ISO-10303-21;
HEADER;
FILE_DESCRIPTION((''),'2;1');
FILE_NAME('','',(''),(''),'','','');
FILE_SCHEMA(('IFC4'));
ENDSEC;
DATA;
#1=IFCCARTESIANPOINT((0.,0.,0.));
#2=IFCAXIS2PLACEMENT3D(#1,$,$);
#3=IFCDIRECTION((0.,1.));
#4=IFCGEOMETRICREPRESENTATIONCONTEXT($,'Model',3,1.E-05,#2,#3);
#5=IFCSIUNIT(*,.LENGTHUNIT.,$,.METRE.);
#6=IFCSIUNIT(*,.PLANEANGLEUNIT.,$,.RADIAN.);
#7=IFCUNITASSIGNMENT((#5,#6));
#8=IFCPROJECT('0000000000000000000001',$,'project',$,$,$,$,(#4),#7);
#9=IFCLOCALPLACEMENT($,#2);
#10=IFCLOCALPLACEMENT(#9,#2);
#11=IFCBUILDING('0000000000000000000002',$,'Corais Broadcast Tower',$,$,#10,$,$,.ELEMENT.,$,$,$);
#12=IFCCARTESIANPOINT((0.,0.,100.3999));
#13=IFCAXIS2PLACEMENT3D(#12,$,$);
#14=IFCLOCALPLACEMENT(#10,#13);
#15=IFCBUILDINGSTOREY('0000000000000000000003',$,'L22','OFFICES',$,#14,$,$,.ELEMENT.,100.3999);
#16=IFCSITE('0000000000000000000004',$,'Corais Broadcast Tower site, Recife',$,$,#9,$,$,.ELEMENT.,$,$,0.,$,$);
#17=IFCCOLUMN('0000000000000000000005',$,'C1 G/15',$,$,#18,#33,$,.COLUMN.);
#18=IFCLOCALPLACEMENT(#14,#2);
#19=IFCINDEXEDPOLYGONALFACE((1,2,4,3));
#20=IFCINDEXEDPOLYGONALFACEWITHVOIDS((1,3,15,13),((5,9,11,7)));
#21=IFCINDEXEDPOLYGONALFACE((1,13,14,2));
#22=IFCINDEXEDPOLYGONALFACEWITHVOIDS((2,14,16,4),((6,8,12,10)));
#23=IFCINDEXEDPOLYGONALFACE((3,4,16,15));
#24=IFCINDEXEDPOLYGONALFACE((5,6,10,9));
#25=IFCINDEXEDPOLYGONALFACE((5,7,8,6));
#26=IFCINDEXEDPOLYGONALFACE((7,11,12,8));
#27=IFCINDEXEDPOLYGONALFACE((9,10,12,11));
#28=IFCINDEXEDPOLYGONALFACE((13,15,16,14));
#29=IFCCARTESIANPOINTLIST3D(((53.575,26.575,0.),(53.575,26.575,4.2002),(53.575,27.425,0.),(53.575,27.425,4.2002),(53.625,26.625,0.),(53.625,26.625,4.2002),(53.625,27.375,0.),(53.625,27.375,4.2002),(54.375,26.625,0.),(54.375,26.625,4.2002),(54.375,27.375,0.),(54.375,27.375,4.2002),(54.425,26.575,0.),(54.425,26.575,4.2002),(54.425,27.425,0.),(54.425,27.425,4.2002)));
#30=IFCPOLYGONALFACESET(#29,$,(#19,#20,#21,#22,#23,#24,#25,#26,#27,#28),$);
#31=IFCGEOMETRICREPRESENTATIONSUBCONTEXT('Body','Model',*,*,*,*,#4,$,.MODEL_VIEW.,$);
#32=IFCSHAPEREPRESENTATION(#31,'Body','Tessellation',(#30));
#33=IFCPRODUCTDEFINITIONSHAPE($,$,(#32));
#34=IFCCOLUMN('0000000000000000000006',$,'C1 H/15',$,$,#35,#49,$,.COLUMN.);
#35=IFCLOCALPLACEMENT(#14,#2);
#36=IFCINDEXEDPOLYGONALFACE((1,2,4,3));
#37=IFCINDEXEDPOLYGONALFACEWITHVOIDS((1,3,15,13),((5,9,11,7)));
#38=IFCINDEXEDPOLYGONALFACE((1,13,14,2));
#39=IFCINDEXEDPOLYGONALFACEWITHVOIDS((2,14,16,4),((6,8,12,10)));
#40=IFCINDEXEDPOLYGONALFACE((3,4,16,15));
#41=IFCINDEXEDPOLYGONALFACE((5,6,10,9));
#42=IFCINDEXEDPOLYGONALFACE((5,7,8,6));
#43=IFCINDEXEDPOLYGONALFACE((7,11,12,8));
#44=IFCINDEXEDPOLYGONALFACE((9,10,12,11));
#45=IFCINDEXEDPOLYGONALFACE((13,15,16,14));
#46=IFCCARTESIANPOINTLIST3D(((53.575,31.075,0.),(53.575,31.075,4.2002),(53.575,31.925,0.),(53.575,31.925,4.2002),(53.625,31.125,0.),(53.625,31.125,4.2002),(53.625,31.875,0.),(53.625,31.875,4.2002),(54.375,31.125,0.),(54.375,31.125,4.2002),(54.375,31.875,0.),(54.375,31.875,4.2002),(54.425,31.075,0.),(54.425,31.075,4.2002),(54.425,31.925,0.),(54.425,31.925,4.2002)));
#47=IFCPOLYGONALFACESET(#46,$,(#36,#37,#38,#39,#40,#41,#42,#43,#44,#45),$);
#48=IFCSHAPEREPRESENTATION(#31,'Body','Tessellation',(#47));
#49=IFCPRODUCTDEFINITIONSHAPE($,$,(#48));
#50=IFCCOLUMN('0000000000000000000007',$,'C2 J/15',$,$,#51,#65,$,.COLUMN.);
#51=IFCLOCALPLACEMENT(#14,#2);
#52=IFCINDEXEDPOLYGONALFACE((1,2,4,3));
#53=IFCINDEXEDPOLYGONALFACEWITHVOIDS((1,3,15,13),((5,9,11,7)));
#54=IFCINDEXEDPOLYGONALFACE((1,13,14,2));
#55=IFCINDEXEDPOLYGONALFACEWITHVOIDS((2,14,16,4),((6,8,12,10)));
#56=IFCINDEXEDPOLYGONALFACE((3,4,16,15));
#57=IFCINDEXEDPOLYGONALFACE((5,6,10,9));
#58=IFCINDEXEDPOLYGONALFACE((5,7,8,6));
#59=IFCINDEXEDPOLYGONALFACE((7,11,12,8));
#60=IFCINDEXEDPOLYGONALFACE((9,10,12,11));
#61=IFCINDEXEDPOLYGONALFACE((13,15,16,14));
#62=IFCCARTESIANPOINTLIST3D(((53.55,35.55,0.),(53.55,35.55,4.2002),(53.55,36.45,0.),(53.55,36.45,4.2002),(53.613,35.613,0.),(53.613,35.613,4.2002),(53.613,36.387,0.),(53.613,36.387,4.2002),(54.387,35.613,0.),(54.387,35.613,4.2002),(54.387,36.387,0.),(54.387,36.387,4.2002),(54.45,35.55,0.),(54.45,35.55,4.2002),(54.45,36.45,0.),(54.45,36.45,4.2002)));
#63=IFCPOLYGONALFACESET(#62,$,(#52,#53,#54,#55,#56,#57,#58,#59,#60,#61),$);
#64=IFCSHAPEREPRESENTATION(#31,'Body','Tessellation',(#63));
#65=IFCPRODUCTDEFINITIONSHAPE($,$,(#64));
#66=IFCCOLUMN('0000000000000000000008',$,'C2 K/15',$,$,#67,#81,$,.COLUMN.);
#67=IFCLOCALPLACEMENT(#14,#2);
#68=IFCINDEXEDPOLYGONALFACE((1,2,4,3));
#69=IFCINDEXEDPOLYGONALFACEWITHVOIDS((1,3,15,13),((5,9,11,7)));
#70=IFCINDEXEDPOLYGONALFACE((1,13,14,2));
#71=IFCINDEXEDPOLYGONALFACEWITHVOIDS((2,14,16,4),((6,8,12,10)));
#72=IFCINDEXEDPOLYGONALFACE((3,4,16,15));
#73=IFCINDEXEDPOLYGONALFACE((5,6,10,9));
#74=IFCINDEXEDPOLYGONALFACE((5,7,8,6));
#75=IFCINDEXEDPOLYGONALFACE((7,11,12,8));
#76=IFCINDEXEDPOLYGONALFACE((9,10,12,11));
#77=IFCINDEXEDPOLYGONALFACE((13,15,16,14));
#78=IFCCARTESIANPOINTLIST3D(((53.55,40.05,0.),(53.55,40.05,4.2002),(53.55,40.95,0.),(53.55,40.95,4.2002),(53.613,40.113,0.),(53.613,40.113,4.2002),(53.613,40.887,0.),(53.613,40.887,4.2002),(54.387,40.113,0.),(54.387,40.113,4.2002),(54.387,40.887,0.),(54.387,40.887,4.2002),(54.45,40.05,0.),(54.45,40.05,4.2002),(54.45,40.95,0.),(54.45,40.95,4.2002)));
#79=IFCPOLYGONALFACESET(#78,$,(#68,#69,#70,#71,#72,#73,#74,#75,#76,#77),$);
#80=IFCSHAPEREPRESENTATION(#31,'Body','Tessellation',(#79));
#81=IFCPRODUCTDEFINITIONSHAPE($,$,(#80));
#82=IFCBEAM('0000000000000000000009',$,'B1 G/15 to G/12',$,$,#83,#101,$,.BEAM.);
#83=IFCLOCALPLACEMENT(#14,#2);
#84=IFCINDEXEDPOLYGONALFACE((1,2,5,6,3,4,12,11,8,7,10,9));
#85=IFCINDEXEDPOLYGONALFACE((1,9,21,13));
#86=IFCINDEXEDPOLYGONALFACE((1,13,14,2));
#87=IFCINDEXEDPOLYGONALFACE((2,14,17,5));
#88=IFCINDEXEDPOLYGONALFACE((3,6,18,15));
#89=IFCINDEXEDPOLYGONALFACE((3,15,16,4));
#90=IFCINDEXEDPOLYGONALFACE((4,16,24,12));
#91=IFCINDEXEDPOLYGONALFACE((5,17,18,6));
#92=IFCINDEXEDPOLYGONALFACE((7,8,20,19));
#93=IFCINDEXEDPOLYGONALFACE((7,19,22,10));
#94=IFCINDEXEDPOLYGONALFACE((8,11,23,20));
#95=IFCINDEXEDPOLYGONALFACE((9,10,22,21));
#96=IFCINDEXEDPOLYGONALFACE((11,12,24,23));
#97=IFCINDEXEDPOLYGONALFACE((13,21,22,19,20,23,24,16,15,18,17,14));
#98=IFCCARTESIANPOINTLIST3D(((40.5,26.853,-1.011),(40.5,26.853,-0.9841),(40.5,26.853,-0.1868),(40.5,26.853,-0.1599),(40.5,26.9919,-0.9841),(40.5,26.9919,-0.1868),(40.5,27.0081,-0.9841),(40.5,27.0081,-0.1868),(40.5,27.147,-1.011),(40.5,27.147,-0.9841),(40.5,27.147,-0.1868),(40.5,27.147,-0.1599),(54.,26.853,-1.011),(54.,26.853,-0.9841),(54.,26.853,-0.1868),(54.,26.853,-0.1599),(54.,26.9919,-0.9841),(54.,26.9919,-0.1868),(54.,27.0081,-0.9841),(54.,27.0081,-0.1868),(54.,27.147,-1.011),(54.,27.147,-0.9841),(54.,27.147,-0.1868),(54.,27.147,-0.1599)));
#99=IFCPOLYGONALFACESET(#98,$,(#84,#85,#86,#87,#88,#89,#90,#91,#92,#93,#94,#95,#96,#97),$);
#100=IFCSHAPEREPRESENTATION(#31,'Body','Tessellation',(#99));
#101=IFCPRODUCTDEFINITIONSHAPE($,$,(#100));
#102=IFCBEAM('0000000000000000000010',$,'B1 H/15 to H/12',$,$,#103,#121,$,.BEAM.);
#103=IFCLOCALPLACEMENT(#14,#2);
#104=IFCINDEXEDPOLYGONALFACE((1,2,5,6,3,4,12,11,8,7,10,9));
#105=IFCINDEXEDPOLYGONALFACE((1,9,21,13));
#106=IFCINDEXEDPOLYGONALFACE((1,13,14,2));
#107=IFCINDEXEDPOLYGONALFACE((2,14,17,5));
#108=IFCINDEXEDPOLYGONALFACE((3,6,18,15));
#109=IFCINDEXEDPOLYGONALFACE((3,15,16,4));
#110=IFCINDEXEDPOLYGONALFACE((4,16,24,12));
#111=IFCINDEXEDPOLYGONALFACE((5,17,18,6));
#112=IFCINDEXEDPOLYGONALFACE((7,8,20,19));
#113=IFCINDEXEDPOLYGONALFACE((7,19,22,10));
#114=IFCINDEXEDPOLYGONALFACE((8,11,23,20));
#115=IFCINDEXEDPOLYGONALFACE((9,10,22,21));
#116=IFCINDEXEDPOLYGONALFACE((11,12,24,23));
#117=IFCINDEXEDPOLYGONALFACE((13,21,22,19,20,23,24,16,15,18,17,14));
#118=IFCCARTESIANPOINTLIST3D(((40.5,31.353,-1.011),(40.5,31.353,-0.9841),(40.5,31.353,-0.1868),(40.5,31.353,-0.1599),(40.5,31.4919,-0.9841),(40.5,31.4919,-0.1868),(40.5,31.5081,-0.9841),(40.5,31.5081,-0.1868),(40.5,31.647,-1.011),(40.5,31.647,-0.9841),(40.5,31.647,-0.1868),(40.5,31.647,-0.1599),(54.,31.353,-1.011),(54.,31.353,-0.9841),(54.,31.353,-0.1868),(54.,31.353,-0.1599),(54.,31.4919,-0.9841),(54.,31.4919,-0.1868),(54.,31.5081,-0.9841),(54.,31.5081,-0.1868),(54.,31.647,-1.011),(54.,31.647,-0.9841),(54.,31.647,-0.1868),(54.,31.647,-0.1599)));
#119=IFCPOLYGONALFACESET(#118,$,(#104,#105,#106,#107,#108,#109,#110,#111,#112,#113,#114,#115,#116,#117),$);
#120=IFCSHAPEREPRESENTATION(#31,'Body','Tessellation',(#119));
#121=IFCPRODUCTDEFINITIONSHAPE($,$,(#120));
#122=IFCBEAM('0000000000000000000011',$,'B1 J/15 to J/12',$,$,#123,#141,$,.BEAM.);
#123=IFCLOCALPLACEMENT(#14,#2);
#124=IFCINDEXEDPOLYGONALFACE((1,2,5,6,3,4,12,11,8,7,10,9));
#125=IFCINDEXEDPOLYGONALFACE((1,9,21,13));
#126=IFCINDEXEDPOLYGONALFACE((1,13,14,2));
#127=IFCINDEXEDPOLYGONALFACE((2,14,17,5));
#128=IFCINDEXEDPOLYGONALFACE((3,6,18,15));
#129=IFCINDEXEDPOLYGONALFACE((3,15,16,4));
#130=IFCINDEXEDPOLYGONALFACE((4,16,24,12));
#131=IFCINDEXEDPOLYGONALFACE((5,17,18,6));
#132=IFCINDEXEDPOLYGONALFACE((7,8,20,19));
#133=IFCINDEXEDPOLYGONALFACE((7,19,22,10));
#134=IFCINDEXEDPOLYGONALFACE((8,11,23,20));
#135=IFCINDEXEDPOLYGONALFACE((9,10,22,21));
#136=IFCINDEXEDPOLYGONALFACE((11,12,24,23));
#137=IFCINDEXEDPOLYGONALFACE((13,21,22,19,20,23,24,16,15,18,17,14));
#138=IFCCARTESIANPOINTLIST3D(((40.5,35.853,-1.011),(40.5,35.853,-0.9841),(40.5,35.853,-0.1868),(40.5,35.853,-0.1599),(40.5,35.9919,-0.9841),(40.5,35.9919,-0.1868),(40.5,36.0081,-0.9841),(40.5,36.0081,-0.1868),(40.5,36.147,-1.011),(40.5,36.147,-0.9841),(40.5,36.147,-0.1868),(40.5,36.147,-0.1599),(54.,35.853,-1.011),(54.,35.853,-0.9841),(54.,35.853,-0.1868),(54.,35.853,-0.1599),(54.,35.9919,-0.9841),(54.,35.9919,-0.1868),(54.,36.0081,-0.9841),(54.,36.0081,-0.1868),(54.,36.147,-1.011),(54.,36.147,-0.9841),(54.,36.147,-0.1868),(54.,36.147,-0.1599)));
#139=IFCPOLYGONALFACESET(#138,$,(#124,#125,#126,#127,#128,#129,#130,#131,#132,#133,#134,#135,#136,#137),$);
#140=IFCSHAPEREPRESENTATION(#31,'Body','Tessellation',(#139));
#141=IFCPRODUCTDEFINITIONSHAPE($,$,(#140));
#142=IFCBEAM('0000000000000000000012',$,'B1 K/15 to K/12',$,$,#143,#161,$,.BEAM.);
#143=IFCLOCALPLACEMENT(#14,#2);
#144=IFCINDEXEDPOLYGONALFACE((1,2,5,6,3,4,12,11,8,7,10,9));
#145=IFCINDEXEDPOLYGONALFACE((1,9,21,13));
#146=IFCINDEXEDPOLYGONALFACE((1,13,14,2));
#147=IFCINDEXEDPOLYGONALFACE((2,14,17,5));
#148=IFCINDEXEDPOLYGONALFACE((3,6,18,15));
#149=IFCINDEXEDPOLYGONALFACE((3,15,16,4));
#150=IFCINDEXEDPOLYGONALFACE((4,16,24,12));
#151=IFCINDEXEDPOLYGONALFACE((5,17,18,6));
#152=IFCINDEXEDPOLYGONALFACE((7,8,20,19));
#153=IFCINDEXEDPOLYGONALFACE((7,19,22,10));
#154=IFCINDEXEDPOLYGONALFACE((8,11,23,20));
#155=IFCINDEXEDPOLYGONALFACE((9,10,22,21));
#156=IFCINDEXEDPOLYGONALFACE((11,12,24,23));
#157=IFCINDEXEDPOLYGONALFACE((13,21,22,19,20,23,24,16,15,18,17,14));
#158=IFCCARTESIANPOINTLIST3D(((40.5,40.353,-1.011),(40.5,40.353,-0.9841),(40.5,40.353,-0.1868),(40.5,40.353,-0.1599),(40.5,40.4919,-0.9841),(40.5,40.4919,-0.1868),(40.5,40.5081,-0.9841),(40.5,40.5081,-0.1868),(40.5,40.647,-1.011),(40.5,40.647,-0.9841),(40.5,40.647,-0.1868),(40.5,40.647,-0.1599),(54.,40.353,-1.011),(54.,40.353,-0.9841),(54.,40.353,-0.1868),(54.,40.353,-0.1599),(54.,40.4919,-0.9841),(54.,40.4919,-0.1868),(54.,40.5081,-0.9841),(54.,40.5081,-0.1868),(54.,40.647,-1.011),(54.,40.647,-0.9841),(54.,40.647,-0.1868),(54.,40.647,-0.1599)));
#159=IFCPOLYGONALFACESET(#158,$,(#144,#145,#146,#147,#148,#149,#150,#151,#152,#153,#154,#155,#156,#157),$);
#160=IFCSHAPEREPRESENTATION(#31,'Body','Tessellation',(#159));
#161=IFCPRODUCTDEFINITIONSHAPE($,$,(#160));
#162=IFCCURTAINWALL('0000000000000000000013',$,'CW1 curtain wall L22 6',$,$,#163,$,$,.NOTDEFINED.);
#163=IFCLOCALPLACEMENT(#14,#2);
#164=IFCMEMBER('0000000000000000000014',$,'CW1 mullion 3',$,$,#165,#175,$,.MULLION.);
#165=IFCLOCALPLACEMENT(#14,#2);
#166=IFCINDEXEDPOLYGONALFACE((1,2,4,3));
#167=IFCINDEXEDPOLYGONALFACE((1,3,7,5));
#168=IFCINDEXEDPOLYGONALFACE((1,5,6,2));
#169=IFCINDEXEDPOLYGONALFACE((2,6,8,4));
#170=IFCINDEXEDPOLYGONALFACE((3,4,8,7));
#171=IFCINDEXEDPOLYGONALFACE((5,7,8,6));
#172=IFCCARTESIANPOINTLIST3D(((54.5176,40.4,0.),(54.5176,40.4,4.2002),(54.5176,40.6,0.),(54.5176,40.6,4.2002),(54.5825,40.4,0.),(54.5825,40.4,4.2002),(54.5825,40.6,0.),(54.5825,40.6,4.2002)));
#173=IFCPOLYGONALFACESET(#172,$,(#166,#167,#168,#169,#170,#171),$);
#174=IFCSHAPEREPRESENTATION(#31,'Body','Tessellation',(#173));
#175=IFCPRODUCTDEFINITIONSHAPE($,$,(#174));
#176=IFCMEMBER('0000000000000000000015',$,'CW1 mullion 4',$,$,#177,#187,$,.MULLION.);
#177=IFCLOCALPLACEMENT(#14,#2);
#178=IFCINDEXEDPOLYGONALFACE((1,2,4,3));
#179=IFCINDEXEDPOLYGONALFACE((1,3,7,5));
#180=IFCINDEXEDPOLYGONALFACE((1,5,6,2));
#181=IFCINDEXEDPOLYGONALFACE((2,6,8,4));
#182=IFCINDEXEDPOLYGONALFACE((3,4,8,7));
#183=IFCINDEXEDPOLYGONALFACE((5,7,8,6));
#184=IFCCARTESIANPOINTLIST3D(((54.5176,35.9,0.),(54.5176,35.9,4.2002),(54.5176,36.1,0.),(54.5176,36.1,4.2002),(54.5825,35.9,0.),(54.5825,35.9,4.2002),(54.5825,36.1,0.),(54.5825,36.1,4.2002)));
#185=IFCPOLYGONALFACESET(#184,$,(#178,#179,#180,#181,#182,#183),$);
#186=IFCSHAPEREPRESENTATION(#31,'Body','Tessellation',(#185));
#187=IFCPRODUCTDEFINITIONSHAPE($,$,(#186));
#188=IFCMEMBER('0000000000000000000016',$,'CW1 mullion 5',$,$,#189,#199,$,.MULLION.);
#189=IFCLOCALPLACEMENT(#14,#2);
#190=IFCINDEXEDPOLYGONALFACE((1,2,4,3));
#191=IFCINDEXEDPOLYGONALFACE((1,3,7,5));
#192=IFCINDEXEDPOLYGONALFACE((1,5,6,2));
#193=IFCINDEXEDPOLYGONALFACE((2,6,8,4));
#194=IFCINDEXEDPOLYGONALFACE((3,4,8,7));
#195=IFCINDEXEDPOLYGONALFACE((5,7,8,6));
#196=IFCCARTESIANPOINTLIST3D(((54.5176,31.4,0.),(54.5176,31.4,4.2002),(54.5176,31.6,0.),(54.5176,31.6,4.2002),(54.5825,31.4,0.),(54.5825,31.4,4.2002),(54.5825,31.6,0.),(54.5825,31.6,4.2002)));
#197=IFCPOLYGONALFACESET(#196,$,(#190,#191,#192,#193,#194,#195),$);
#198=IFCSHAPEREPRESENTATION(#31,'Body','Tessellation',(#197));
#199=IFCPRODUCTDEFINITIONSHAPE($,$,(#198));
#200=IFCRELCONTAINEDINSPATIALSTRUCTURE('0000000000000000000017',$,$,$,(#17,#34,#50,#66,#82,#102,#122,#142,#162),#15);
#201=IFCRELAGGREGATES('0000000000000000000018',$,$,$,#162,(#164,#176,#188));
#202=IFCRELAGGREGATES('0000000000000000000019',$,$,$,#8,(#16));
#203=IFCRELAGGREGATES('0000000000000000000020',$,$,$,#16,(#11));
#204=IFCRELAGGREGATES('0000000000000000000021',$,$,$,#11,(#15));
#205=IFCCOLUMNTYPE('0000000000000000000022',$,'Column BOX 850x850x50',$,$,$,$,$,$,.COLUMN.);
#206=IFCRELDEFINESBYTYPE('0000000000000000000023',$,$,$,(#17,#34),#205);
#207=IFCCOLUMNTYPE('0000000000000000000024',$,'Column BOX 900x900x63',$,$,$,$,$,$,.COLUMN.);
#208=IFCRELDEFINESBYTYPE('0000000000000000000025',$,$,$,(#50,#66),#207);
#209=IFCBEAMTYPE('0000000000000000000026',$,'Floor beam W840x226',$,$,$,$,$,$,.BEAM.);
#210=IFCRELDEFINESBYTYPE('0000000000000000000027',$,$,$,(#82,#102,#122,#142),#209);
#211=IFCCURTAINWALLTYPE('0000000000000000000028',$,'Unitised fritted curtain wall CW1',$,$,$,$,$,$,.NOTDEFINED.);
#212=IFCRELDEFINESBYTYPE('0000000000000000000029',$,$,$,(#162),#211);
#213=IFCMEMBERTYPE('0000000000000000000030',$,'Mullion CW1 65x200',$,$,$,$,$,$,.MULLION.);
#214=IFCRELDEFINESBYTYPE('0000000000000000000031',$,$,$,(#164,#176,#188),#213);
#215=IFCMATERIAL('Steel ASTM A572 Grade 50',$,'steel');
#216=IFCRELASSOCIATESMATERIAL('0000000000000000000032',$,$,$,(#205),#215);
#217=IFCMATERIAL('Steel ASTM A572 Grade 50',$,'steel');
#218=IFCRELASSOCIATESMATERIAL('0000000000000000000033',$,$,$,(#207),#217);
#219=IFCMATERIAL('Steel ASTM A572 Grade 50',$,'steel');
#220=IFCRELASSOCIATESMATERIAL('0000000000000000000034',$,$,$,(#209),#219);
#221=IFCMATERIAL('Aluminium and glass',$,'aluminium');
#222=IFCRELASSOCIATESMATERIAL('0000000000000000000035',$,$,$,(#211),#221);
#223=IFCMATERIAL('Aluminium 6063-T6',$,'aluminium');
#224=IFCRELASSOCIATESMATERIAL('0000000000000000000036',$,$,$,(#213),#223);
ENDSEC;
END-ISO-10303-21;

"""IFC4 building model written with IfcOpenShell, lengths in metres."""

from ifc_helpers import new_model, si_unit, direction, frame, origin, origin_2d, place, context, subcontext, project, spatial, rectangle, hollow_rectangle, i_section, extrude, material, material_profile, profile_set, type_object, element, aggregate, save


model = new_model("IFC4")

# Units and contexts
model_context = context("Model", 3, precision=1e-05, world=origin(), true_north=direction((0.0, 1.0)))
body_context = subcontext(model_context, "Body", "Model", "MODEL_VIEW")
ifc_project = project(units=[si_unit("LENGTHUNIT", "METRE"), si_unit("PLANEANGLEUNIT", "RADIAN")], contexts=[model_context])

# Site, building, storey
site_placement = place(None, origin())
site = spatial("IfcSite", under=ifc_project, at=site_placement, Name="Corais Broadcast Tower site, Recife", CompositionType="ELEMENT", RefElevation=0.0)
building_placement = place(site_placement, origin())
building = spatial("IfcBuilding", under=site, at=building_placement, Name="Corais Broadcast Tower", CompositionType="ELEMENT")
storey_placement = place(building_placement, frame((0.0, 0.0, 100.3999)))
storey = spatial("IfcBuildingStorey", under=building, at=storey_placement, Name="L22", Description="OFFICES", CompositionType="ELEMENT", Elevation=100.3999)

# Columns
ifc_material_1 = material(Name="Steel ASTM A572 Grade 50", Category="steel")
ifc_material_profile_1 = material_profile(ifc_material_1, hollow_rectangle(XDim=0.8501, YDim=0.8501, WallThickness=0.05, at=origin_2d()), Name="BOX 850x850x50")
ifc_profile_set_1 = profile_set([ifc_material_profile_1], Name="Steel ASTM A572 Grade 50")
column_type_1 = type_object("IfcColumnType", Name="Column BOX 850x850x50", PredefinedType="COLUMN", material=ifc_profile_set_1)
for number, where, z_axis, x_axis, name in (
    (1, (54.0, 27.0, 0.0), (0.0, 0.0, 1.0), (1.0, 0.0, 0.0), "C1 G/15"),
    (2, (54.0, 31.5, 0.0), (0.0, 0.0, 1.0), (1.0, 0.0, 0.0), "C1 H/15"),
):
    element("IfcColumn", number, at=place(storey_placement, frame(where, z_axis=z_axis, x_axis=x_axis)), inside=storey, type_object=column_type_1, Name=name, PredefinedType="COLUMN", context=body_context, shape_type="SweptSolid", body=[
        extrude(hollow_rectangle(XDim=0.8501, YDim=0.8501, WallThickness=0.05, at=origin_2d()), origin(), (0.0, 0.0, 1.0), 4.2002),
    ])
ifc_material_2 = material(Name="Steel ASTM A572 Grade 50", Category="steel")
ifc_material_profile_2 = material_profile(ifc_material_2, hollow_rectangle(XDim=0.8999, YDim=0.8999, WallThickness=0.063, at=origin_2d()), Name="BOX 900x900x63")
ifc_profile_set_2 = profile_set([ifc_material_profile_2], Name="Steel ASTM A572 Grade 50")
column_type_2 = type_object("IfcColumnType", Name="Column BOX 900x900x63", PredefinedType="COLUMN", material=ifc_profile_set_2)
for number, where, z_axis, x_axis, name in (
    (3, (54.0, 36.0, 0.0), (0.0, 0.0, 1.0), (1.0, 0.0, 0.0), "C2 J/15"),
    (4, (54.0, 40.5, 0.0), (0.0, 0.0, 1.0), (1.0, 0.0, 0.0), "C2 K/15"),
):
    element("IfcColumn", number, at=place(storey_placement, frame(where, z_axis=z_axis, x_axis=x_axis)), inside=storey, type_object=column_type_2, Name=name, PredefinedType="COLUMN", context=body_context, shape_type="SweptSolid", body=[
        extrude(hollow_rectangle(XDim=0.8999, YDim=0.8999, WallThickness=0.063, at=origin_2d()), origin(), (0.0, 0.0, 1.0), 4.2002),
    ])

# Beams
ifc_material_3 = material(Name="Steel ASTM A572 Grade 50", Category="steel")
ifc_material_profile_3 = material_profile(ifc_material_3, i_section(OverallWidth=0.2939, OverallDepth=0.8511, WebThickness=0.0161, FlangeThickness=0.0269, at=origin_2d()), Name="W840x226")
ifc_profile_set_3 = profile_set([ifc_material_profile_3], Name="Steel ASTM A572 Grade 50")
beam_type_1 = type_object("IfcBeamType", Name="Floor beam W840x226", PredefinedType="BEAM", material=ifc_profile_set_3)
for number, where, z_axis, x_axis, name in (
    (5, (54.0, 27.0, -0.5854), (-1.0, 0.0, 0.0), (0.0, -1.0, 0.0), "B1 G/15 to G/12"),
    (6, (54.0, 31.5, -0.5854), (-1.0, 0.0, 0.0), (0.0, -1.0, 0.0), "B1 H/15 to H/12"),
    (7, (54.0, 36.0, -0.5854), (-1.0, 0.0, 0.0), (0.0, -1.0, 0.0), "B1 J/15 to J/12"),
    (8, (54.0, 40.5, -0.5854), (-1.0, 0.0, 0.0), (0.0, -1.0, 0.0), "B1 K/15 to K/12"),
):
    element("IfcBeam", number, at=place(storey_placement, frame(where, z_axis=z_axis, x_axis=x_axis)), inside=storey, type_object=beam_type_1, Name=name, PredefinedType="BEAM", context=body_context, shape_type="SweptSolid", body=[
        extrude(i_section(OverallWidth=0.2939, OverallDepth=0.8511, WebThickness=0.0161, FlangeThickness=0.0269, at=origin_2d()), origin(), (0.0, 0.0, 1.0), 13.5),
    ])

# Curtain wall, members
ifc_material_4 = material(Name="Aluminium and glass", Category="aluminium")
curtain_wall_type = type_object("IfcCurtainWallType", Name="Unitised fritted curtain wall CW1", PredefinedType="NOTDEFINED", material=ifc_material_4)
curtain_wall_placement = place(storey_placement, origin())
curtain_wall = element("IfcCurtainWall", 9, at=curtain_wall_placement, inside=storey, type_object=curtain_wall_type, Name="CW1 curtain wall L22 6", PredefinedType="NOTDEFINED")
ifc_material_5 = material(Name="Aluminium 6063-T6", Category="aluminium")
ifc_material_profile_4 = material_profile(ifc_material_5, rectangle(XDim=0.0649, YDim=0.2, at=origin_2d()), Name="Mullion CW1 65x200")
ifc_profile_set_4 = profile_set([ifc_material_profile_4], Name="Aluminium 6063-T6")
member_type_1 = type_object("IfcMemberType", Name="Mullion CW1 65x200", PredefinedType="MULLION", material=ifc_profile_set_4)
member_1_placement = place(storey_placement, frame((54.55, 40.5, 0.0), z_axis=(0.0, 0.0, 1.0), x_axis=(1.0, 0.0, 0.0)))
member_1 = element("IfcMember", 10, at=member_1_placement, type_object=member_type_1, Name="CW1 mullion 3", PredefinedType="MULLION", context=body_context, shape_type="SweptSolid", body=[
    extrude(rectangle(XDim=0.0649, YDim=0.2, at=origin_2d()), origin(), (0.0, 0.0, 1.0), 4.2002),
])
member_2_placement = place(storey_placement, frame((54.55, 36.0, 0.0), z_axis=(0.0, 0.0, 1.0), x_axis=(1.0, 0.0, 0.0)))
member_2 = element("IfcMember", 11, at=member_2_placement, type_object=member_type_1, Name="CW1 mullion 4", PredefinedType="MULLION", context=body_context, shape_type="SweptSolid", body=[
    extrude(rectangle(XDim=0.0649, YDim=0.2, at=origin_2d()), origin(), (0.0, 0.0, 1.0), 4.2002),
])
member_3_placement = place(storey_placement, frame((54.55, 31.5, 0.0), z_axis=(0.0, 0.0, 1.0), x_axis=(1.0, 0.0, 0.0)))
member_3 = element("IfcMember", 12, at=member_3_placement, type_object=member_type_1, Name="CW1 mullion 5", PredefinedType="MULLION", context=body_context, shape_type="SweptSolid", body=[
    extrude(rectangle(XDim=0.0649, YDim=0.2, at=origin_2d()), origin(), (0.0, 0.0, 1.0), 4.2002),
])

aggregate(curtain_wall, [member_1, member_2, member_3])

save(model, "model.ifc")
